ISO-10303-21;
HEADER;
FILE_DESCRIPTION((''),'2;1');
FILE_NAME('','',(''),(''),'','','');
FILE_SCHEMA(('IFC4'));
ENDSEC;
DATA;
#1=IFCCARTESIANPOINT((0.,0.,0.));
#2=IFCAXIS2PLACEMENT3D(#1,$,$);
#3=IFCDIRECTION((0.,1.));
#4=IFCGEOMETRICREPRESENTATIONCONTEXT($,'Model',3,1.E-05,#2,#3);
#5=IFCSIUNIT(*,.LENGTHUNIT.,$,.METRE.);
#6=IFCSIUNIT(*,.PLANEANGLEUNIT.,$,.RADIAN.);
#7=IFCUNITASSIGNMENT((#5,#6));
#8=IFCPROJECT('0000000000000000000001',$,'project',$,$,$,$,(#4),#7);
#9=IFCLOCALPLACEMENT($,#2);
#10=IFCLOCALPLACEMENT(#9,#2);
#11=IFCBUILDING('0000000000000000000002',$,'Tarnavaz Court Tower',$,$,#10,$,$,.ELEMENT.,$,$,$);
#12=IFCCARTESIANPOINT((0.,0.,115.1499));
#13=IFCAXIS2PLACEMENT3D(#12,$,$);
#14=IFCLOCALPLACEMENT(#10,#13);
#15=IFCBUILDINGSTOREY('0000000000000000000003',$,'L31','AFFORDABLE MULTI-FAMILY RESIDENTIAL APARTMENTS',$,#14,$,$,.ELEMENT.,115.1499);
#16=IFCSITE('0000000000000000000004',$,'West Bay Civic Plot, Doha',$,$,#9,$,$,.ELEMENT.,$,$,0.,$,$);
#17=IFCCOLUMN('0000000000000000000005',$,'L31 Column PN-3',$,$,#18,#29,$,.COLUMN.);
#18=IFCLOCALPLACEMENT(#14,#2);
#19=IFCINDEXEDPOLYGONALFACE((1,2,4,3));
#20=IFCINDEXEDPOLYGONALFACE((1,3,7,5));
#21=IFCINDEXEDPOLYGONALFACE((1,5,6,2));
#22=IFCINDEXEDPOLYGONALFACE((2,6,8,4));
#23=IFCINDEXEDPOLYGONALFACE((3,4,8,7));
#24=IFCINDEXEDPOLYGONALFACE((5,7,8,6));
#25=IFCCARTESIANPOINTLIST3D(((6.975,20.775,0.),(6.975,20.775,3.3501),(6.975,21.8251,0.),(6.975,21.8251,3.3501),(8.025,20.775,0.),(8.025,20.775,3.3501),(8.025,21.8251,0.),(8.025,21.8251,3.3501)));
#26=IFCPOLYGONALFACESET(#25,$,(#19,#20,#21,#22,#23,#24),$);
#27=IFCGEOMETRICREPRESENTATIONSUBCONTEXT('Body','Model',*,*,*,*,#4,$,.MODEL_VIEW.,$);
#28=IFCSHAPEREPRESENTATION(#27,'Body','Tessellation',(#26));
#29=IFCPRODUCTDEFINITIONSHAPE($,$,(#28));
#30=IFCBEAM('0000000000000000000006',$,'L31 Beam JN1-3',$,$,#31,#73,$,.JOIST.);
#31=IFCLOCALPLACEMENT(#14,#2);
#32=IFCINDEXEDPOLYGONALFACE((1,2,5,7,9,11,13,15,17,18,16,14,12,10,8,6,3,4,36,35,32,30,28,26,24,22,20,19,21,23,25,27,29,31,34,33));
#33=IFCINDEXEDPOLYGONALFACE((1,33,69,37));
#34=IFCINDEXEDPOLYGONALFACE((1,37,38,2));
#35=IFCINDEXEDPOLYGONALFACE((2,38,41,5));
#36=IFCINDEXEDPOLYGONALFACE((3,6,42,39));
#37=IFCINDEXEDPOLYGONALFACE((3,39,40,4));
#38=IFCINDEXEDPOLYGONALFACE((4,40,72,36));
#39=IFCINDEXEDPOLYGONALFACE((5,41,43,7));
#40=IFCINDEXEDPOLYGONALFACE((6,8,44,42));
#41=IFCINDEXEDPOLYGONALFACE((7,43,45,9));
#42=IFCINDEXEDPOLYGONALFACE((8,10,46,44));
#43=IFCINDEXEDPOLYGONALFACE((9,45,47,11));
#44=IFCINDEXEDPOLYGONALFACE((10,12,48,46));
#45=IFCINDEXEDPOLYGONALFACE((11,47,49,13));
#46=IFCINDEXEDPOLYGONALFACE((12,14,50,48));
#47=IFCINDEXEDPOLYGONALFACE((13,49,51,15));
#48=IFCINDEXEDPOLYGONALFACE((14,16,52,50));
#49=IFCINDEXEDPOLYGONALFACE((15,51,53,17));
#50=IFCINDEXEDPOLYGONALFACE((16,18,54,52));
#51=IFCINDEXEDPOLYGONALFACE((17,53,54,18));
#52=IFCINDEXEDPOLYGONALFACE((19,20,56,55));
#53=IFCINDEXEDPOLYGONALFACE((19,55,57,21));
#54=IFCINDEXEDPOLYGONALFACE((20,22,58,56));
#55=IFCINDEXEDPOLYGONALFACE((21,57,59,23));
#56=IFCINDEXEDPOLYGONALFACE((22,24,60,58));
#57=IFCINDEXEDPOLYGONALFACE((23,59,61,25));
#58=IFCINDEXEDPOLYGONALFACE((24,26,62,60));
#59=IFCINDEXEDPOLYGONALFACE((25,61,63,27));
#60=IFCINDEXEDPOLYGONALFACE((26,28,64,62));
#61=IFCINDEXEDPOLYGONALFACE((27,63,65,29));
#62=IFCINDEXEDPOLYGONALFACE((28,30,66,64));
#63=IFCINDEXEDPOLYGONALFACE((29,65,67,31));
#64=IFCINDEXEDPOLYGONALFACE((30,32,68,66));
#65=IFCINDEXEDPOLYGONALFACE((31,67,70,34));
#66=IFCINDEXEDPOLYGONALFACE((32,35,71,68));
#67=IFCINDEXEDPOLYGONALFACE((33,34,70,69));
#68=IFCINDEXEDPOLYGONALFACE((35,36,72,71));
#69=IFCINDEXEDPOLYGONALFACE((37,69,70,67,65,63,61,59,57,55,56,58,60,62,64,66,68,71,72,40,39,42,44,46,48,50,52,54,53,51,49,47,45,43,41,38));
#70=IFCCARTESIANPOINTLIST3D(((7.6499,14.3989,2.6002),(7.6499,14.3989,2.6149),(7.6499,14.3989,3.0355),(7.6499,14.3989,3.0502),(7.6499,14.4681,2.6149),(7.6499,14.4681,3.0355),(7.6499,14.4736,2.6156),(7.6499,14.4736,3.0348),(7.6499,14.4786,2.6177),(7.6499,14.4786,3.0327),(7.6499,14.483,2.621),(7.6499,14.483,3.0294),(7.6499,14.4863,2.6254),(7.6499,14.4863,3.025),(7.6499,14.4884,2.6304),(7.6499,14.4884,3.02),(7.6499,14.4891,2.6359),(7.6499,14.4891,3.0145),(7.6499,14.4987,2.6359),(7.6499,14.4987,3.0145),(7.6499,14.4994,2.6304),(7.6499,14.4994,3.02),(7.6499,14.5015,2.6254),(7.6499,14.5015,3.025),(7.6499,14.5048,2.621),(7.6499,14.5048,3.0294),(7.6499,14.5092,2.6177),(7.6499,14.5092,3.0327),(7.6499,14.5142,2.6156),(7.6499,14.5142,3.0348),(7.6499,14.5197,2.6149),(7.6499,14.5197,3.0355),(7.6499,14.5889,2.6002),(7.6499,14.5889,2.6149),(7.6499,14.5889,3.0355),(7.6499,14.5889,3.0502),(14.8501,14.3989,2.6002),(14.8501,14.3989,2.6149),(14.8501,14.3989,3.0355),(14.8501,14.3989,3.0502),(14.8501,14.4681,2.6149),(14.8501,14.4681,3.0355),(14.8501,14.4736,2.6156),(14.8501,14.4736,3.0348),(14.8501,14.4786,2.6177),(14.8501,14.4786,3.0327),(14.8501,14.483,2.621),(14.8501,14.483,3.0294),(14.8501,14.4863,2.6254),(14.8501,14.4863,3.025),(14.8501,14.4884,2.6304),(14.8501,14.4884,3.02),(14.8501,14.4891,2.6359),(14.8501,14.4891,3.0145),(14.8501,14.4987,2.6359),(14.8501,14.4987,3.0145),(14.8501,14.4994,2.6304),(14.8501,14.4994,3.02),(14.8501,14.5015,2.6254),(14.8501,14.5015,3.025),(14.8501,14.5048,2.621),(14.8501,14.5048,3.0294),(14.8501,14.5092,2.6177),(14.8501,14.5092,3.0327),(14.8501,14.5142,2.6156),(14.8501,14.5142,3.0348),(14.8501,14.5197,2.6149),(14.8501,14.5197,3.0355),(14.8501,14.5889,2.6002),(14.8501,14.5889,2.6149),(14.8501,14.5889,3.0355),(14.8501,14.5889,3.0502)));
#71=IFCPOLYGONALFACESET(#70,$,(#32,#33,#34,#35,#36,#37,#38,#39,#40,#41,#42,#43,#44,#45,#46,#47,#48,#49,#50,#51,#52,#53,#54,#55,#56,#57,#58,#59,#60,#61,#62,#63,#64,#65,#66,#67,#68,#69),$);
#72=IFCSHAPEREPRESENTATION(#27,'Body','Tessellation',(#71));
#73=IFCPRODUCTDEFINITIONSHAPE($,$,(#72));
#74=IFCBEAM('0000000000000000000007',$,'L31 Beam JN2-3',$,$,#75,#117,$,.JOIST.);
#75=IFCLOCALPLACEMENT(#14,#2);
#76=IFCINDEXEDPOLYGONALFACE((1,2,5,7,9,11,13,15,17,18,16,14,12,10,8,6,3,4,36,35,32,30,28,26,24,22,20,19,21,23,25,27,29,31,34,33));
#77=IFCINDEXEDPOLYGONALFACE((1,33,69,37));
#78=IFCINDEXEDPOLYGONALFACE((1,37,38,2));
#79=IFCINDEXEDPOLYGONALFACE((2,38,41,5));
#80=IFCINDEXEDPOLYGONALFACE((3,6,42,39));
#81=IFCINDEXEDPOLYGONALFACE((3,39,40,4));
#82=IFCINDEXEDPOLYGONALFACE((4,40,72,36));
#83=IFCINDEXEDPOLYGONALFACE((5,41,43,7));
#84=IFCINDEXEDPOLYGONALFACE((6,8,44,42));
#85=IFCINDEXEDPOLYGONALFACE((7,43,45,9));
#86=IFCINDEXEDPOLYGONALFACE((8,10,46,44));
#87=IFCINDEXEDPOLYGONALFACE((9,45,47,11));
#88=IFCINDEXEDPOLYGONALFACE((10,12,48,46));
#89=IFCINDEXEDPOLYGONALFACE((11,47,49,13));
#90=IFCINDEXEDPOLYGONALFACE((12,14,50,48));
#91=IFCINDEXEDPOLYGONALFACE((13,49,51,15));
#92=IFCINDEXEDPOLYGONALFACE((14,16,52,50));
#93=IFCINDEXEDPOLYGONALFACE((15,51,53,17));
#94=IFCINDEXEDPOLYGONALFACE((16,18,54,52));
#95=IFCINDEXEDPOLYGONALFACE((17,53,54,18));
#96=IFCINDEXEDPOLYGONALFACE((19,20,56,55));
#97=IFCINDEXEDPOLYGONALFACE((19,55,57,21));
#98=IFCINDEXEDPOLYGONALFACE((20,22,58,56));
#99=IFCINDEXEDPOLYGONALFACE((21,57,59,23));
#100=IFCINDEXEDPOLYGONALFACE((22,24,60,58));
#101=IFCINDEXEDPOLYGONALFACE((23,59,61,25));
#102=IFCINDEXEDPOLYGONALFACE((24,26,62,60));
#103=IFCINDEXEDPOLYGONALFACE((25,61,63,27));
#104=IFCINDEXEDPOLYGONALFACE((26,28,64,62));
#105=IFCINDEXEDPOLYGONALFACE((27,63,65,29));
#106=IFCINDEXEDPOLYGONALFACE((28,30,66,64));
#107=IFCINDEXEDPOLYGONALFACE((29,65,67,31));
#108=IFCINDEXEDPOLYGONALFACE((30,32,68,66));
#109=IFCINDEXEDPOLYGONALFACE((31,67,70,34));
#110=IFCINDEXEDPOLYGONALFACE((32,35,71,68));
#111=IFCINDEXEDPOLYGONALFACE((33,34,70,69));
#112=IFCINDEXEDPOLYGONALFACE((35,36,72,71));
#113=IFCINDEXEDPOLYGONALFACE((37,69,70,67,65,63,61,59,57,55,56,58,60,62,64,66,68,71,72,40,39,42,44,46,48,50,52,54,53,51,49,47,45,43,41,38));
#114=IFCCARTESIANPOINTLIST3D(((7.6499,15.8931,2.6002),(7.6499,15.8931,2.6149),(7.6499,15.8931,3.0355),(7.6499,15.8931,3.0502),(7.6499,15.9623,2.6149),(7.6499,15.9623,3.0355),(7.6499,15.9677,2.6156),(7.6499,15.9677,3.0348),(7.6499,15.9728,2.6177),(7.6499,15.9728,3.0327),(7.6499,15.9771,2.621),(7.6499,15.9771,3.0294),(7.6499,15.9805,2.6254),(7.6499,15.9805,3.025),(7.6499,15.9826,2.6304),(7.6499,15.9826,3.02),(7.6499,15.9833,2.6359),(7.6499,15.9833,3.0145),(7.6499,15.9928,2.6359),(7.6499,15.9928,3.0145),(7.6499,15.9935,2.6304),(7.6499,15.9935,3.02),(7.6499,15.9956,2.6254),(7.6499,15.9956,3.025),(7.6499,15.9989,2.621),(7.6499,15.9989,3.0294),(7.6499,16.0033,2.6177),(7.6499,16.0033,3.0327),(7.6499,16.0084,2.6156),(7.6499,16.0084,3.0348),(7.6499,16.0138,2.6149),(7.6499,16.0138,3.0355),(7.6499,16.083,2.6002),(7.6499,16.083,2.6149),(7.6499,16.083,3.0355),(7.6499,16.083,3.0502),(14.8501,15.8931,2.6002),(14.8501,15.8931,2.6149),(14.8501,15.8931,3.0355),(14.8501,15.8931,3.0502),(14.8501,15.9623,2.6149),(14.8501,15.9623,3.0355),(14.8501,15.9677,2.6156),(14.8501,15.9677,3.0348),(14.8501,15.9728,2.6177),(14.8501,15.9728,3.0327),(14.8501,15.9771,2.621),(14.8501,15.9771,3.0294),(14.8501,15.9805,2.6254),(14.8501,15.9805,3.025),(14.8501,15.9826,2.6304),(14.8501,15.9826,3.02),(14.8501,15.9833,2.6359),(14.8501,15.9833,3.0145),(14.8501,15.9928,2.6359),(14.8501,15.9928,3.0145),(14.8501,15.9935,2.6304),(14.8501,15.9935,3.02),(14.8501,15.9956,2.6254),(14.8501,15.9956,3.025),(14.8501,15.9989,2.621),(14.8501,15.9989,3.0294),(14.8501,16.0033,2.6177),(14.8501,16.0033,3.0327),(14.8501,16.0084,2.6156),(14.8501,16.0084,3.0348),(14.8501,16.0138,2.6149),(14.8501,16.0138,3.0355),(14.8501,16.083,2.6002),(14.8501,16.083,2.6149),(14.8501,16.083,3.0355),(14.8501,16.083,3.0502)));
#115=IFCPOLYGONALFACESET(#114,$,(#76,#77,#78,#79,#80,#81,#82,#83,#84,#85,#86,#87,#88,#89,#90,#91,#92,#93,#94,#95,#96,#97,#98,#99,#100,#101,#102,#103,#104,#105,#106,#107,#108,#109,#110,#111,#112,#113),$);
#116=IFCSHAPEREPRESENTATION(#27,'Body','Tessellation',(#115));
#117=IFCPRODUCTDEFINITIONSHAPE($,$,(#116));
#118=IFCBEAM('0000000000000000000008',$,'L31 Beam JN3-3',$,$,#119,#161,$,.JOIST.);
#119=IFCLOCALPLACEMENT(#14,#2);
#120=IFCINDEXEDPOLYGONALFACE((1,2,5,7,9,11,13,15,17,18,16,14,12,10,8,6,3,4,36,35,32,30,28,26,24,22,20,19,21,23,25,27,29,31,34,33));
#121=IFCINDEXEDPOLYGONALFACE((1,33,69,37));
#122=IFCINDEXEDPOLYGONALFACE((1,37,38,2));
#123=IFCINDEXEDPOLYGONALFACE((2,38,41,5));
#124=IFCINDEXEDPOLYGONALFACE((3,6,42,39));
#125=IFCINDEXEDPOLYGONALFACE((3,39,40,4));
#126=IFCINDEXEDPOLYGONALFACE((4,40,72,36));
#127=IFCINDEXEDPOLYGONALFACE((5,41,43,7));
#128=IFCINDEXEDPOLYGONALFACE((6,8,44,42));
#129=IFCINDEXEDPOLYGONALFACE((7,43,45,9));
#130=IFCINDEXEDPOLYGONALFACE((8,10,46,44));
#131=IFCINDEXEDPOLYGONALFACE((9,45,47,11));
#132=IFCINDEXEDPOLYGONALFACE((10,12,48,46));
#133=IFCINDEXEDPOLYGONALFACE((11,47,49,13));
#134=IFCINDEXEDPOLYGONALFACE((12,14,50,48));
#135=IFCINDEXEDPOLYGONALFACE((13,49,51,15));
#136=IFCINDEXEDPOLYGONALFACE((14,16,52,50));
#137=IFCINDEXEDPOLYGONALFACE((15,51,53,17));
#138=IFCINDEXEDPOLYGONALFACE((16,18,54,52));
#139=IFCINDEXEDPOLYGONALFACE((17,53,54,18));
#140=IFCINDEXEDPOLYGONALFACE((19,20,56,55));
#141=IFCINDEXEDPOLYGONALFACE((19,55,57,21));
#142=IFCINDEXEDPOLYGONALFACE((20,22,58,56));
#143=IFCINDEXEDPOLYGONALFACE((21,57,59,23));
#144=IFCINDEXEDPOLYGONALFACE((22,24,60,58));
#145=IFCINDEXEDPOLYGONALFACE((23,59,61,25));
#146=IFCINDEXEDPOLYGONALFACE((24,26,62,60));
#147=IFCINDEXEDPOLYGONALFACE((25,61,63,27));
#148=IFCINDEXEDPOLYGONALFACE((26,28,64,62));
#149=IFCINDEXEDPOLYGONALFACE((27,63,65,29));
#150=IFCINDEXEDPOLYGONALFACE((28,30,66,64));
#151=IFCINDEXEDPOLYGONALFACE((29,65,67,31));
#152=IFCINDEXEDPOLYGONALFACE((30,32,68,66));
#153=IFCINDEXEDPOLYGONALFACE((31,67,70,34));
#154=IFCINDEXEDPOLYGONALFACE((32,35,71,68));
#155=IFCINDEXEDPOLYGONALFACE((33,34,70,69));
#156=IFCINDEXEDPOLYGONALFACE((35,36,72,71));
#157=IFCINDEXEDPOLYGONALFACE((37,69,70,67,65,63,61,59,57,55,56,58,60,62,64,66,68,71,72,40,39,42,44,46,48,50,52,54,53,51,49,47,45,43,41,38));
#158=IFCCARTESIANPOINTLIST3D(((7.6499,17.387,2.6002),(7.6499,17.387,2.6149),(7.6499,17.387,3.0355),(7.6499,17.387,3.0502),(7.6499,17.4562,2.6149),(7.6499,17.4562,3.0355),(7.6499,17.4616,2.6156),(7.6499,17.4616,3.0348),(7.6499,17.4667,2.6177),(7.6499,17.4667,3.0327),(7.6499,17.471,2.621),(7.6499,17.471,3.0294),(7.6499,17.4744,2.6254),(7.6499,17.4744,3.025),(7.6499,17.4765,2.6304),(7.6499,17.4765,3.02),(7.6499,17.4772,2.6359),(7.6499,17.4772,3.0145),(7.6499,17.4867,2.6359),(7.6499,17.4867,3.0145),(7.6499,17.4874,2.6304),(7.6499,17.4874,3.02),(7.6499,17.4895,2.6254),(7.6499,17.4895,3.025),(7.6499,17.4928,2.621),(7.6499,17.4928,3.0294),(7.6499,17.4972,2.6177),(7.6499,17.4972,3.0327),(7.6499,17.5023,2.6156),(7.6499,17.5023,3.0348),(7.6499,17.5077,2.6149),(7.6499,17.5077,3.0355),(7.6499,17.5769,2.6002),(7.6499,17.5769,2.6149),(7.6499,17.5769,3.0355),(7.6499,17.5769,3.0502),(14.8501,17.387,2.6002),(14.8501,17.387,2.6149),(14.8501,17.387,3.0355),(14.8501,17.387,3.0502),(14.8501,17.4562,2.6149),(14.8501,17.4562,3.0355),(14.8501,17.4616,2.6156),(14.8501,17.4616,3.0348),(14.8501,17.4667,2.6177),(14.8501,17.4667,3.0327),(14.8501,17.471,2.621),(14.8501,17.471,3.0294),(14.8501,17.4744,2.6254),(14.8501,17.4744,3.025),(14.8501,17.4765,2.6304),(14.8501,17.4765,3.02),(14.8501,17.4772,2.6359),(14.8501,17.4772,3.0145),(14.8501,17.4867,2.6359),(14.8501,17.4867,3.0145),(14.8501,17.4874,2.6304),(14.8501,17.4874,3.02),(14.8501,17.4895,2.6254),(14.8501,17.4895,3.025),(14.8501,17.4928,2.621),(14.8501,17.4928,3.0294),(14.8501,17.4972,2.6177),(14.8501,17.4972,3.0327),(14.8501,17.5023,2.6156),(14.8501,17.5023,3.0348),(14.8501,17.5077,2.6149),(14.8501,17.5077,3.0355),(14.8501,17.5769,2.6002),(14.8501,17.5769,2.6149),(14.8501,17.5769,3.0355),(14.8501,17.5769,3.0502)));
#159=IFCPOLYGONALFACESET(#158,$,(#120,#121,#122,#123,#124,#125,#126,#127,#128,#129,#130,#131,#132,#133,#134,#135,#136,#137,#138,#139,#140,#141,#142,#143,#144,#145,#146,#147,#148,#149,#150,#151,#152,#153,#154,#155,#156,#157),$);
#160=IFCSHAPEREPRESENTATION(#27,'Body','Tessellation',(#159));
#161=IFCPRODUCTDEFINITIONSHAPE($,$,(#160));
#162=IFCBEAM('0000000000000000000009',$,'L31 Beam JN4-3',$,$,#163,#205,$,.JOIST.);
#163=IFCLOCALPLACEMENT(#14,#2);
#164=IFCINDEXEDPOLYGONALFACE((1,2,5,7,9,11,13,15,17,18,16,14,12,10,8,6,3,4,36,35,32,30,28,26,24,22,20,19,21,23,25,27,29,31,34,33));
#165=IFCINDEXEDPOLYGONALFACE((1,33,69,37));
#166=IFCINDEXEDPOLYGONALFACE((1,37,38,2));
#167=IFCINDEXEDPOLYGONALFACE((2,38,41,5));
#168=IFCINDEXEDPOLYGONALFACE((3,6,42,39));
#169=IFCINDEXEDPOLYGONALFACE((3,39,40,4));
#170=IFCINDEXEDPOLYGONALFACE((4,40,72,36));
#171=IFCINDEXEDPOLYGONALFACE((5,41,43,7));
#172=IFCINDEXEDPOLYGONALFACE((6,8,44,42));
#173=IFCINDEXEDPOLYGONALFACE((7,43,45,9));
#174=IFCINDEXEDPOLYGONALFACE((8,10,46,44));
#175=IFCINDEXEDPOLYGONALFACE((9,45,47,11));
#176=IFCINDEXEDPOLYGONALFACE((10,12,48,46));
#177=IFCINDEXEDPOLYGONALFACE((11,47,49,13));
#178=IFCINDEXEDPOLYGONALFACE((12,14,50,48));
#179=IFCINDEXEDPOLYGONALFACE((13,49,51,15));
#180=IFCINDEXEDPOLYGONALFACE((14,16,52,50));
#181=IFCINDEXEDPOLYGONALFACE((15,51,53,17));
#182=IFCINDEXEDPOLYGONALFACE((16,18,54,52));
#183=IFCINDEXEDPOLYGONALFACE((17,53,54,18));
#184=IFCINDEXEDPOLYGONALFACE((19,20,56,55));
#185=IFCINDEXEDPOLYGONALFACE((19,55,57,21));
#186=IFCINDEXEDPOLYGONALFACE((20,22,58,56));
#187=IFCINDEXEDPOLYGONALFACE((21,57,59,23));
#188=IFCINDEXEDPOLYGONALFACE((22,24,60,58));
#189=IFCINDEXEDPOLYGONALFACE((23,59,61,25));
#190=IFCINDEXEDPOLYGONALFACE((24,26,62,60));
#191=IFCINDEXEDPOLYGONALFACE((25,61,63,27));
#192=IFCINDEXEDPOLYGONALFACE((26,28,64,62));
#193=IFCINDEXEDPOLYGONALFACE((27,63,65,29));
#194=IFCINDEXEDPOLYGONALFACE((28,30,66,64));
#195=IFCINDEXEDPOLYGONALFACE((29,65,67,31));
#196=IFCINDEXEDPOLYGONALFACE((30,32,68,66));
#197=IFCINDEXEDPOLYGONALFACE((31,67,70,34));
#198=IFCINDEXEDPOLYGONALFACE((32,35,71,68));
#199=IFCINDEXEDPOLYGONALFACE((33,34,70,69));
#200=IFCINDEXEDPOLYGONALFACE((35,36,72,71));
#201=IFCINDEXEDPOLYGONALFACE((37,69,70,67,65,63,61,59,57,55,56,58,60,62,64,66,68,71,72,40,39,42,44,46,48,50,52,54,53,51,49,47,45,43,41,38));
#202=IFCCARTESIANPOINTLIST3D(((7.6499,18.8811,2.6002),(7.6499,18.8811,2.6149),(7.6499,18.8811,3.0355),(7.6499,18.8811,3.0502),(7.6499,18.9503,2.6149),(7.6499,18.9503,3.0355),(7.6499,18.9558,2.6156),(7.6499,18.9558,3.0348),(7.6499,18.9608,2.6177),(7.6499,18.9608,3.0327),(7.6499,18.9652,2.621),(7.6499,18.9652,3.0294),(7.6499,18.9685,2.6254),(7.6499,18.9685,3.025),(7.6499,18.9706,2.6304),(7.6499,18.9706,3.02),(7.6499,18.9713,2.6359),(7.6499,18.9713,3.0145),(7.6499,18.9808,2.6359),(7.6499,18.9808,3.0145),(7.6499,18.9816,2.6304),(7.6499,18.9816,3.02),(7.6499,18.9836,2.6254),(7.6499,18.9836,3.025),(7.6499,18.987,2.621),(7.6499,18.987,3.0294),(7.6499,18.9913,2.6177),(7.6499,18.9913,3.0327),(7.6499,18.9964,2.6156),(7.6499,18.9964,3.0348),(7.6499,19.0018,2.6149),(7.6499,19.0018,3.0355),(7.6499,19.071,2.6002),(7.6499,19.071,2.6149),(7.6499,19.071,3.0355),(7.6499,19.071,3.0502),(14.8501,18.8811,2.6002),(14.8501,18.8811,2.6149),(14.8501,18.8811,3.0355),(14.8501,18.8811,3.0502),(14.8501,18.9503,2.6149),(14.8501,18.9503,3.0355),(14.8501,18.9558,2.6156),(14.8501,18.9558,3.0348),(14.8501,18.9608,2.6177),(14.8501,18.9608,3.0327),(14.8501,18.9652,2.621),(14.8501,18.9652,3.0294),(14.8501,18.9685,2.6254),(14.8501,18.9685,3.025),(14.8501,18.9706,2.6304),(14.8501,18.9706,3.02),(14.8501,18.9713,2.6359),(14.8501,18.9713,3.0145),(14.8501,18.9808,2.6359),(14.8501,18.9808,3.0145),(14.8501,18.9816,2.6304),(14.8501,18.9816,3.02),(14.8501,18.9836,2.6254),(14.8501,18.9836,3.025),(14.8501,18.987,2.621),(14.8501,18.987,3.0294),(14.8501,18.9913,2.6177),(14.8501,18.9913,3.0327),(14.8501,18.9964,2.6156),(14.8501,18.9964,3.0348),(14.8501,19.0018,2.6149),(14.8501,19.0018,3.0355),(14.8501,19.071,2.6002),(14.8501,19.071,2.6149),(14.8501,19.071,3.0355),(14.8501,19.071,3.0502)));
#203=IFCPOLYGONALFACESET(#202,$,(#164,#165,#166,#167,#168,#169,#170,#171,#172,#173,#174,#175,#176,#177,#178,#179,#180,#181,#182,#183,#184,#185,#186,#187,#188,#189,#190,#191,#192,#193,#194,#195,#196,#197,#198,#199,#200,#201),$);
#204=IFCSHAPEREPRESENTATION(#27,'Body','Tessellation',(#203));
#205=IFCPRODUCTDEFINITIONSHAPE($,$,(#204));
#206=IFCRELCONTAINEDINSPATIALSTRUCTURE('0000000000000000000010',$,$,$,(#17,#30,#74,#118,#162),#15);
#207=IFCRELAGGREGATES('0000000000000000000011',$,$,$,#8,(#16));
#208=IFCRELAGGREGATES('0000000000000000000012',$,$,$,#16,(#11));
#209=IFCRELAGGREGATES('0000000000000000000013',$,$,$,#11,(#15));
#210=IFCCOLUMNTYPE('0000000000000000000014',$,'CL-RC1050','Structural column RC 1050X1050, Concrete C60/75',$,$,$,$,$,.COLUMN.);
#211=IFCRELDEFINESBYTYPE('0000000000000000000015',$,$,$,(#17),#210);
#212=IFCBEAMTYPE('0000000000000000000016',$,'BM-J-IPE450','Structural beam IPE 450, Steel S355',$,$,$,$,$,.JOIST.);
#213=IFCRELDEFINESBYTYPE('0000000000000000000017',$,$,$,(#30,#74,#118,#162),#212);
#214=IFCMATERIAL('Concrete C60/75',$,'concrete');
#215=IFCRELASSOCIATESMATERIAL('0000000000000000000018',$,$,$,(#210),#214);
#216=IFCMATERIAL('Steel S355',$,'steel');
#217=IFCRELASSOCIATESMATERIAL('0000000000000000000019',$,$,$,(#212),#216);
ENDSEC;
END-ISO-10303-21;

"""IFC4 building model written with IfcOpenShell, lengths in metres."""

from ifc_helpers import new_model, si_unit, direction, frame, origin, origin_2d, place, context, subcontext, project, spatial, rectangle, i_section, extrude, material, material_profile, profile_set, type_object, element, save


model = new_model("IFC4")

# Units and contexts
model_context = context("Model", 3, precision=1e-05, world=origin(), true_north=direction((0.0, 1.0)))
body_context = subcontext(model_context, "Body", "Model", "MODEL_VIEW")
ifc_project = project(units=[si_unit("LENGTHUNIT", "METRE"), si_unit("PLANEANGLEUNIT", "RADIAN")], contexts=[model_context])

# Site, building, storey
site_placement = place(None, origin())
site = spatial("IfcSite", under=ifc_project, at=site_placement, Name="West Bay Civic Plot, Doha", CompositionType="ELEMENT", RefElevation=0.0)
building_placement = place(site_placement, origin())
building = spatial("IfcBuilding", under=site, at=building_placement, Name="Tarnavaz Court Tower", CompositionType="ELEMENT")
storey_placement = place(building_placement, frame((0.0, 0.0, 115.1499)))
storey = spatial("IfcBuildingStorey", under=building, at=storey_placement, Name="L31", Description="AFFORDABLE MULTI-FAMILY RESIDENTIAL APARTMENTS", CompositionType="ELEMENT", Elevation=115.1499)

# Column
ifc_material_1 = material(Name="Concrete C60/75", Category="concrete")
ifc_material_profile_1 = material_profile(ifc_material_1, rectangle(XDim=1.05, YDim=1.05, at=origin_2d()), Name="RC 1050X1050")
ifc_profile_set_1 = profile_set([ifc_material_profile_1], Name="Concrete C60/75")
column_type = type_object("IfcColumnType", Name="CL-RC1050", Description="Structural column RC 1050X1050, Concrete C60/75", PredefinedType="COLUMN", material=ifc_profile_set_1)
column_placement = place(storey_placement, frame((7.5, 21.3, 0.0), z_axis=(0.0, 0.0, 1.0), x_axis=(1.0, 0.0, 0.0)))
element("IfcColumn", 1, at=column_placement, inside=storey, type_object=column_type, Name="L31 Column PN-3", PredefinedType="COLUMN", context=body_context, shape_type="SweptSolid", body=[
    extrude(rectangle(XDim=1.05, YDim=1.05, at=origin_2d()), origin(), (0.0, 0.0, 1.0), 3.3501),
])

# Beams
ifc_material_2 = material(Name="Steel S355", Category="steel")
ifc_material_profile_2 = material_profile(ifc_material_2, i_section(OverallWidth=0.1899, OverallDepth=0.45, WebThickness=0.0095, FlangeThickness=0.0146, FilletRadius=0.021, at=origin_2d()), Name="IPE 450")
ifc_profile_set_2 = profile_set([ifc_material_profile_2], Name="Steel S355")
beam_type_1 = type_object("IfcBeamType", Name="BM-J-IPE450", Description="Structural beam IPE 450, Steel S355", PredefinedType="JOIST", material=ifc_profile_set_2)
for number, where, z_axis, x_axis, name in (
    (2, (7.6499, 14.4939, 2.8252), (1.0, 0.0, 0.0), (0.0, 1.0, 0.0), "L31 Beam JN1-3"),
    (3, (7.6499, 15.988, 2.8252), (1.0, 0.0, 0.0), (0.0, 1.0, 0.0), "L31 Beam JN2-3"),
    (4, (7.6499, 17.4819, 2.8252), (1.0, 0.0, 0.0), (0.0, 1.0, 0.0), "L31 Beam JN3-3"),
    (5, (7.6499, 18.9761, 2.8252), (1.0, 0.0, 0.0), (0.0, 1.0, 0.0), "L31 Beam JN4-3"),
):
    element("IfcBeam", number, at=place(storey_placement, frame(where, z_axis=z_axis, x_axis=x_axis)), inside=storey, type_object=beam_type_1, Name=name, PredefinedType="JOIST", context=body_context, shape_type="SweptSolid", body=[
        extrude(i_section(OverallWidth=0.1899, OverallDepth=0.45, WebThickness=0.0095, FlangeThickness=0.0146, FilletRadius=0.021, at=origin_2d()), origin(), (0.0, 0.0, 1.0), 7.2002),
    ])

save(model, "model.ifc")
